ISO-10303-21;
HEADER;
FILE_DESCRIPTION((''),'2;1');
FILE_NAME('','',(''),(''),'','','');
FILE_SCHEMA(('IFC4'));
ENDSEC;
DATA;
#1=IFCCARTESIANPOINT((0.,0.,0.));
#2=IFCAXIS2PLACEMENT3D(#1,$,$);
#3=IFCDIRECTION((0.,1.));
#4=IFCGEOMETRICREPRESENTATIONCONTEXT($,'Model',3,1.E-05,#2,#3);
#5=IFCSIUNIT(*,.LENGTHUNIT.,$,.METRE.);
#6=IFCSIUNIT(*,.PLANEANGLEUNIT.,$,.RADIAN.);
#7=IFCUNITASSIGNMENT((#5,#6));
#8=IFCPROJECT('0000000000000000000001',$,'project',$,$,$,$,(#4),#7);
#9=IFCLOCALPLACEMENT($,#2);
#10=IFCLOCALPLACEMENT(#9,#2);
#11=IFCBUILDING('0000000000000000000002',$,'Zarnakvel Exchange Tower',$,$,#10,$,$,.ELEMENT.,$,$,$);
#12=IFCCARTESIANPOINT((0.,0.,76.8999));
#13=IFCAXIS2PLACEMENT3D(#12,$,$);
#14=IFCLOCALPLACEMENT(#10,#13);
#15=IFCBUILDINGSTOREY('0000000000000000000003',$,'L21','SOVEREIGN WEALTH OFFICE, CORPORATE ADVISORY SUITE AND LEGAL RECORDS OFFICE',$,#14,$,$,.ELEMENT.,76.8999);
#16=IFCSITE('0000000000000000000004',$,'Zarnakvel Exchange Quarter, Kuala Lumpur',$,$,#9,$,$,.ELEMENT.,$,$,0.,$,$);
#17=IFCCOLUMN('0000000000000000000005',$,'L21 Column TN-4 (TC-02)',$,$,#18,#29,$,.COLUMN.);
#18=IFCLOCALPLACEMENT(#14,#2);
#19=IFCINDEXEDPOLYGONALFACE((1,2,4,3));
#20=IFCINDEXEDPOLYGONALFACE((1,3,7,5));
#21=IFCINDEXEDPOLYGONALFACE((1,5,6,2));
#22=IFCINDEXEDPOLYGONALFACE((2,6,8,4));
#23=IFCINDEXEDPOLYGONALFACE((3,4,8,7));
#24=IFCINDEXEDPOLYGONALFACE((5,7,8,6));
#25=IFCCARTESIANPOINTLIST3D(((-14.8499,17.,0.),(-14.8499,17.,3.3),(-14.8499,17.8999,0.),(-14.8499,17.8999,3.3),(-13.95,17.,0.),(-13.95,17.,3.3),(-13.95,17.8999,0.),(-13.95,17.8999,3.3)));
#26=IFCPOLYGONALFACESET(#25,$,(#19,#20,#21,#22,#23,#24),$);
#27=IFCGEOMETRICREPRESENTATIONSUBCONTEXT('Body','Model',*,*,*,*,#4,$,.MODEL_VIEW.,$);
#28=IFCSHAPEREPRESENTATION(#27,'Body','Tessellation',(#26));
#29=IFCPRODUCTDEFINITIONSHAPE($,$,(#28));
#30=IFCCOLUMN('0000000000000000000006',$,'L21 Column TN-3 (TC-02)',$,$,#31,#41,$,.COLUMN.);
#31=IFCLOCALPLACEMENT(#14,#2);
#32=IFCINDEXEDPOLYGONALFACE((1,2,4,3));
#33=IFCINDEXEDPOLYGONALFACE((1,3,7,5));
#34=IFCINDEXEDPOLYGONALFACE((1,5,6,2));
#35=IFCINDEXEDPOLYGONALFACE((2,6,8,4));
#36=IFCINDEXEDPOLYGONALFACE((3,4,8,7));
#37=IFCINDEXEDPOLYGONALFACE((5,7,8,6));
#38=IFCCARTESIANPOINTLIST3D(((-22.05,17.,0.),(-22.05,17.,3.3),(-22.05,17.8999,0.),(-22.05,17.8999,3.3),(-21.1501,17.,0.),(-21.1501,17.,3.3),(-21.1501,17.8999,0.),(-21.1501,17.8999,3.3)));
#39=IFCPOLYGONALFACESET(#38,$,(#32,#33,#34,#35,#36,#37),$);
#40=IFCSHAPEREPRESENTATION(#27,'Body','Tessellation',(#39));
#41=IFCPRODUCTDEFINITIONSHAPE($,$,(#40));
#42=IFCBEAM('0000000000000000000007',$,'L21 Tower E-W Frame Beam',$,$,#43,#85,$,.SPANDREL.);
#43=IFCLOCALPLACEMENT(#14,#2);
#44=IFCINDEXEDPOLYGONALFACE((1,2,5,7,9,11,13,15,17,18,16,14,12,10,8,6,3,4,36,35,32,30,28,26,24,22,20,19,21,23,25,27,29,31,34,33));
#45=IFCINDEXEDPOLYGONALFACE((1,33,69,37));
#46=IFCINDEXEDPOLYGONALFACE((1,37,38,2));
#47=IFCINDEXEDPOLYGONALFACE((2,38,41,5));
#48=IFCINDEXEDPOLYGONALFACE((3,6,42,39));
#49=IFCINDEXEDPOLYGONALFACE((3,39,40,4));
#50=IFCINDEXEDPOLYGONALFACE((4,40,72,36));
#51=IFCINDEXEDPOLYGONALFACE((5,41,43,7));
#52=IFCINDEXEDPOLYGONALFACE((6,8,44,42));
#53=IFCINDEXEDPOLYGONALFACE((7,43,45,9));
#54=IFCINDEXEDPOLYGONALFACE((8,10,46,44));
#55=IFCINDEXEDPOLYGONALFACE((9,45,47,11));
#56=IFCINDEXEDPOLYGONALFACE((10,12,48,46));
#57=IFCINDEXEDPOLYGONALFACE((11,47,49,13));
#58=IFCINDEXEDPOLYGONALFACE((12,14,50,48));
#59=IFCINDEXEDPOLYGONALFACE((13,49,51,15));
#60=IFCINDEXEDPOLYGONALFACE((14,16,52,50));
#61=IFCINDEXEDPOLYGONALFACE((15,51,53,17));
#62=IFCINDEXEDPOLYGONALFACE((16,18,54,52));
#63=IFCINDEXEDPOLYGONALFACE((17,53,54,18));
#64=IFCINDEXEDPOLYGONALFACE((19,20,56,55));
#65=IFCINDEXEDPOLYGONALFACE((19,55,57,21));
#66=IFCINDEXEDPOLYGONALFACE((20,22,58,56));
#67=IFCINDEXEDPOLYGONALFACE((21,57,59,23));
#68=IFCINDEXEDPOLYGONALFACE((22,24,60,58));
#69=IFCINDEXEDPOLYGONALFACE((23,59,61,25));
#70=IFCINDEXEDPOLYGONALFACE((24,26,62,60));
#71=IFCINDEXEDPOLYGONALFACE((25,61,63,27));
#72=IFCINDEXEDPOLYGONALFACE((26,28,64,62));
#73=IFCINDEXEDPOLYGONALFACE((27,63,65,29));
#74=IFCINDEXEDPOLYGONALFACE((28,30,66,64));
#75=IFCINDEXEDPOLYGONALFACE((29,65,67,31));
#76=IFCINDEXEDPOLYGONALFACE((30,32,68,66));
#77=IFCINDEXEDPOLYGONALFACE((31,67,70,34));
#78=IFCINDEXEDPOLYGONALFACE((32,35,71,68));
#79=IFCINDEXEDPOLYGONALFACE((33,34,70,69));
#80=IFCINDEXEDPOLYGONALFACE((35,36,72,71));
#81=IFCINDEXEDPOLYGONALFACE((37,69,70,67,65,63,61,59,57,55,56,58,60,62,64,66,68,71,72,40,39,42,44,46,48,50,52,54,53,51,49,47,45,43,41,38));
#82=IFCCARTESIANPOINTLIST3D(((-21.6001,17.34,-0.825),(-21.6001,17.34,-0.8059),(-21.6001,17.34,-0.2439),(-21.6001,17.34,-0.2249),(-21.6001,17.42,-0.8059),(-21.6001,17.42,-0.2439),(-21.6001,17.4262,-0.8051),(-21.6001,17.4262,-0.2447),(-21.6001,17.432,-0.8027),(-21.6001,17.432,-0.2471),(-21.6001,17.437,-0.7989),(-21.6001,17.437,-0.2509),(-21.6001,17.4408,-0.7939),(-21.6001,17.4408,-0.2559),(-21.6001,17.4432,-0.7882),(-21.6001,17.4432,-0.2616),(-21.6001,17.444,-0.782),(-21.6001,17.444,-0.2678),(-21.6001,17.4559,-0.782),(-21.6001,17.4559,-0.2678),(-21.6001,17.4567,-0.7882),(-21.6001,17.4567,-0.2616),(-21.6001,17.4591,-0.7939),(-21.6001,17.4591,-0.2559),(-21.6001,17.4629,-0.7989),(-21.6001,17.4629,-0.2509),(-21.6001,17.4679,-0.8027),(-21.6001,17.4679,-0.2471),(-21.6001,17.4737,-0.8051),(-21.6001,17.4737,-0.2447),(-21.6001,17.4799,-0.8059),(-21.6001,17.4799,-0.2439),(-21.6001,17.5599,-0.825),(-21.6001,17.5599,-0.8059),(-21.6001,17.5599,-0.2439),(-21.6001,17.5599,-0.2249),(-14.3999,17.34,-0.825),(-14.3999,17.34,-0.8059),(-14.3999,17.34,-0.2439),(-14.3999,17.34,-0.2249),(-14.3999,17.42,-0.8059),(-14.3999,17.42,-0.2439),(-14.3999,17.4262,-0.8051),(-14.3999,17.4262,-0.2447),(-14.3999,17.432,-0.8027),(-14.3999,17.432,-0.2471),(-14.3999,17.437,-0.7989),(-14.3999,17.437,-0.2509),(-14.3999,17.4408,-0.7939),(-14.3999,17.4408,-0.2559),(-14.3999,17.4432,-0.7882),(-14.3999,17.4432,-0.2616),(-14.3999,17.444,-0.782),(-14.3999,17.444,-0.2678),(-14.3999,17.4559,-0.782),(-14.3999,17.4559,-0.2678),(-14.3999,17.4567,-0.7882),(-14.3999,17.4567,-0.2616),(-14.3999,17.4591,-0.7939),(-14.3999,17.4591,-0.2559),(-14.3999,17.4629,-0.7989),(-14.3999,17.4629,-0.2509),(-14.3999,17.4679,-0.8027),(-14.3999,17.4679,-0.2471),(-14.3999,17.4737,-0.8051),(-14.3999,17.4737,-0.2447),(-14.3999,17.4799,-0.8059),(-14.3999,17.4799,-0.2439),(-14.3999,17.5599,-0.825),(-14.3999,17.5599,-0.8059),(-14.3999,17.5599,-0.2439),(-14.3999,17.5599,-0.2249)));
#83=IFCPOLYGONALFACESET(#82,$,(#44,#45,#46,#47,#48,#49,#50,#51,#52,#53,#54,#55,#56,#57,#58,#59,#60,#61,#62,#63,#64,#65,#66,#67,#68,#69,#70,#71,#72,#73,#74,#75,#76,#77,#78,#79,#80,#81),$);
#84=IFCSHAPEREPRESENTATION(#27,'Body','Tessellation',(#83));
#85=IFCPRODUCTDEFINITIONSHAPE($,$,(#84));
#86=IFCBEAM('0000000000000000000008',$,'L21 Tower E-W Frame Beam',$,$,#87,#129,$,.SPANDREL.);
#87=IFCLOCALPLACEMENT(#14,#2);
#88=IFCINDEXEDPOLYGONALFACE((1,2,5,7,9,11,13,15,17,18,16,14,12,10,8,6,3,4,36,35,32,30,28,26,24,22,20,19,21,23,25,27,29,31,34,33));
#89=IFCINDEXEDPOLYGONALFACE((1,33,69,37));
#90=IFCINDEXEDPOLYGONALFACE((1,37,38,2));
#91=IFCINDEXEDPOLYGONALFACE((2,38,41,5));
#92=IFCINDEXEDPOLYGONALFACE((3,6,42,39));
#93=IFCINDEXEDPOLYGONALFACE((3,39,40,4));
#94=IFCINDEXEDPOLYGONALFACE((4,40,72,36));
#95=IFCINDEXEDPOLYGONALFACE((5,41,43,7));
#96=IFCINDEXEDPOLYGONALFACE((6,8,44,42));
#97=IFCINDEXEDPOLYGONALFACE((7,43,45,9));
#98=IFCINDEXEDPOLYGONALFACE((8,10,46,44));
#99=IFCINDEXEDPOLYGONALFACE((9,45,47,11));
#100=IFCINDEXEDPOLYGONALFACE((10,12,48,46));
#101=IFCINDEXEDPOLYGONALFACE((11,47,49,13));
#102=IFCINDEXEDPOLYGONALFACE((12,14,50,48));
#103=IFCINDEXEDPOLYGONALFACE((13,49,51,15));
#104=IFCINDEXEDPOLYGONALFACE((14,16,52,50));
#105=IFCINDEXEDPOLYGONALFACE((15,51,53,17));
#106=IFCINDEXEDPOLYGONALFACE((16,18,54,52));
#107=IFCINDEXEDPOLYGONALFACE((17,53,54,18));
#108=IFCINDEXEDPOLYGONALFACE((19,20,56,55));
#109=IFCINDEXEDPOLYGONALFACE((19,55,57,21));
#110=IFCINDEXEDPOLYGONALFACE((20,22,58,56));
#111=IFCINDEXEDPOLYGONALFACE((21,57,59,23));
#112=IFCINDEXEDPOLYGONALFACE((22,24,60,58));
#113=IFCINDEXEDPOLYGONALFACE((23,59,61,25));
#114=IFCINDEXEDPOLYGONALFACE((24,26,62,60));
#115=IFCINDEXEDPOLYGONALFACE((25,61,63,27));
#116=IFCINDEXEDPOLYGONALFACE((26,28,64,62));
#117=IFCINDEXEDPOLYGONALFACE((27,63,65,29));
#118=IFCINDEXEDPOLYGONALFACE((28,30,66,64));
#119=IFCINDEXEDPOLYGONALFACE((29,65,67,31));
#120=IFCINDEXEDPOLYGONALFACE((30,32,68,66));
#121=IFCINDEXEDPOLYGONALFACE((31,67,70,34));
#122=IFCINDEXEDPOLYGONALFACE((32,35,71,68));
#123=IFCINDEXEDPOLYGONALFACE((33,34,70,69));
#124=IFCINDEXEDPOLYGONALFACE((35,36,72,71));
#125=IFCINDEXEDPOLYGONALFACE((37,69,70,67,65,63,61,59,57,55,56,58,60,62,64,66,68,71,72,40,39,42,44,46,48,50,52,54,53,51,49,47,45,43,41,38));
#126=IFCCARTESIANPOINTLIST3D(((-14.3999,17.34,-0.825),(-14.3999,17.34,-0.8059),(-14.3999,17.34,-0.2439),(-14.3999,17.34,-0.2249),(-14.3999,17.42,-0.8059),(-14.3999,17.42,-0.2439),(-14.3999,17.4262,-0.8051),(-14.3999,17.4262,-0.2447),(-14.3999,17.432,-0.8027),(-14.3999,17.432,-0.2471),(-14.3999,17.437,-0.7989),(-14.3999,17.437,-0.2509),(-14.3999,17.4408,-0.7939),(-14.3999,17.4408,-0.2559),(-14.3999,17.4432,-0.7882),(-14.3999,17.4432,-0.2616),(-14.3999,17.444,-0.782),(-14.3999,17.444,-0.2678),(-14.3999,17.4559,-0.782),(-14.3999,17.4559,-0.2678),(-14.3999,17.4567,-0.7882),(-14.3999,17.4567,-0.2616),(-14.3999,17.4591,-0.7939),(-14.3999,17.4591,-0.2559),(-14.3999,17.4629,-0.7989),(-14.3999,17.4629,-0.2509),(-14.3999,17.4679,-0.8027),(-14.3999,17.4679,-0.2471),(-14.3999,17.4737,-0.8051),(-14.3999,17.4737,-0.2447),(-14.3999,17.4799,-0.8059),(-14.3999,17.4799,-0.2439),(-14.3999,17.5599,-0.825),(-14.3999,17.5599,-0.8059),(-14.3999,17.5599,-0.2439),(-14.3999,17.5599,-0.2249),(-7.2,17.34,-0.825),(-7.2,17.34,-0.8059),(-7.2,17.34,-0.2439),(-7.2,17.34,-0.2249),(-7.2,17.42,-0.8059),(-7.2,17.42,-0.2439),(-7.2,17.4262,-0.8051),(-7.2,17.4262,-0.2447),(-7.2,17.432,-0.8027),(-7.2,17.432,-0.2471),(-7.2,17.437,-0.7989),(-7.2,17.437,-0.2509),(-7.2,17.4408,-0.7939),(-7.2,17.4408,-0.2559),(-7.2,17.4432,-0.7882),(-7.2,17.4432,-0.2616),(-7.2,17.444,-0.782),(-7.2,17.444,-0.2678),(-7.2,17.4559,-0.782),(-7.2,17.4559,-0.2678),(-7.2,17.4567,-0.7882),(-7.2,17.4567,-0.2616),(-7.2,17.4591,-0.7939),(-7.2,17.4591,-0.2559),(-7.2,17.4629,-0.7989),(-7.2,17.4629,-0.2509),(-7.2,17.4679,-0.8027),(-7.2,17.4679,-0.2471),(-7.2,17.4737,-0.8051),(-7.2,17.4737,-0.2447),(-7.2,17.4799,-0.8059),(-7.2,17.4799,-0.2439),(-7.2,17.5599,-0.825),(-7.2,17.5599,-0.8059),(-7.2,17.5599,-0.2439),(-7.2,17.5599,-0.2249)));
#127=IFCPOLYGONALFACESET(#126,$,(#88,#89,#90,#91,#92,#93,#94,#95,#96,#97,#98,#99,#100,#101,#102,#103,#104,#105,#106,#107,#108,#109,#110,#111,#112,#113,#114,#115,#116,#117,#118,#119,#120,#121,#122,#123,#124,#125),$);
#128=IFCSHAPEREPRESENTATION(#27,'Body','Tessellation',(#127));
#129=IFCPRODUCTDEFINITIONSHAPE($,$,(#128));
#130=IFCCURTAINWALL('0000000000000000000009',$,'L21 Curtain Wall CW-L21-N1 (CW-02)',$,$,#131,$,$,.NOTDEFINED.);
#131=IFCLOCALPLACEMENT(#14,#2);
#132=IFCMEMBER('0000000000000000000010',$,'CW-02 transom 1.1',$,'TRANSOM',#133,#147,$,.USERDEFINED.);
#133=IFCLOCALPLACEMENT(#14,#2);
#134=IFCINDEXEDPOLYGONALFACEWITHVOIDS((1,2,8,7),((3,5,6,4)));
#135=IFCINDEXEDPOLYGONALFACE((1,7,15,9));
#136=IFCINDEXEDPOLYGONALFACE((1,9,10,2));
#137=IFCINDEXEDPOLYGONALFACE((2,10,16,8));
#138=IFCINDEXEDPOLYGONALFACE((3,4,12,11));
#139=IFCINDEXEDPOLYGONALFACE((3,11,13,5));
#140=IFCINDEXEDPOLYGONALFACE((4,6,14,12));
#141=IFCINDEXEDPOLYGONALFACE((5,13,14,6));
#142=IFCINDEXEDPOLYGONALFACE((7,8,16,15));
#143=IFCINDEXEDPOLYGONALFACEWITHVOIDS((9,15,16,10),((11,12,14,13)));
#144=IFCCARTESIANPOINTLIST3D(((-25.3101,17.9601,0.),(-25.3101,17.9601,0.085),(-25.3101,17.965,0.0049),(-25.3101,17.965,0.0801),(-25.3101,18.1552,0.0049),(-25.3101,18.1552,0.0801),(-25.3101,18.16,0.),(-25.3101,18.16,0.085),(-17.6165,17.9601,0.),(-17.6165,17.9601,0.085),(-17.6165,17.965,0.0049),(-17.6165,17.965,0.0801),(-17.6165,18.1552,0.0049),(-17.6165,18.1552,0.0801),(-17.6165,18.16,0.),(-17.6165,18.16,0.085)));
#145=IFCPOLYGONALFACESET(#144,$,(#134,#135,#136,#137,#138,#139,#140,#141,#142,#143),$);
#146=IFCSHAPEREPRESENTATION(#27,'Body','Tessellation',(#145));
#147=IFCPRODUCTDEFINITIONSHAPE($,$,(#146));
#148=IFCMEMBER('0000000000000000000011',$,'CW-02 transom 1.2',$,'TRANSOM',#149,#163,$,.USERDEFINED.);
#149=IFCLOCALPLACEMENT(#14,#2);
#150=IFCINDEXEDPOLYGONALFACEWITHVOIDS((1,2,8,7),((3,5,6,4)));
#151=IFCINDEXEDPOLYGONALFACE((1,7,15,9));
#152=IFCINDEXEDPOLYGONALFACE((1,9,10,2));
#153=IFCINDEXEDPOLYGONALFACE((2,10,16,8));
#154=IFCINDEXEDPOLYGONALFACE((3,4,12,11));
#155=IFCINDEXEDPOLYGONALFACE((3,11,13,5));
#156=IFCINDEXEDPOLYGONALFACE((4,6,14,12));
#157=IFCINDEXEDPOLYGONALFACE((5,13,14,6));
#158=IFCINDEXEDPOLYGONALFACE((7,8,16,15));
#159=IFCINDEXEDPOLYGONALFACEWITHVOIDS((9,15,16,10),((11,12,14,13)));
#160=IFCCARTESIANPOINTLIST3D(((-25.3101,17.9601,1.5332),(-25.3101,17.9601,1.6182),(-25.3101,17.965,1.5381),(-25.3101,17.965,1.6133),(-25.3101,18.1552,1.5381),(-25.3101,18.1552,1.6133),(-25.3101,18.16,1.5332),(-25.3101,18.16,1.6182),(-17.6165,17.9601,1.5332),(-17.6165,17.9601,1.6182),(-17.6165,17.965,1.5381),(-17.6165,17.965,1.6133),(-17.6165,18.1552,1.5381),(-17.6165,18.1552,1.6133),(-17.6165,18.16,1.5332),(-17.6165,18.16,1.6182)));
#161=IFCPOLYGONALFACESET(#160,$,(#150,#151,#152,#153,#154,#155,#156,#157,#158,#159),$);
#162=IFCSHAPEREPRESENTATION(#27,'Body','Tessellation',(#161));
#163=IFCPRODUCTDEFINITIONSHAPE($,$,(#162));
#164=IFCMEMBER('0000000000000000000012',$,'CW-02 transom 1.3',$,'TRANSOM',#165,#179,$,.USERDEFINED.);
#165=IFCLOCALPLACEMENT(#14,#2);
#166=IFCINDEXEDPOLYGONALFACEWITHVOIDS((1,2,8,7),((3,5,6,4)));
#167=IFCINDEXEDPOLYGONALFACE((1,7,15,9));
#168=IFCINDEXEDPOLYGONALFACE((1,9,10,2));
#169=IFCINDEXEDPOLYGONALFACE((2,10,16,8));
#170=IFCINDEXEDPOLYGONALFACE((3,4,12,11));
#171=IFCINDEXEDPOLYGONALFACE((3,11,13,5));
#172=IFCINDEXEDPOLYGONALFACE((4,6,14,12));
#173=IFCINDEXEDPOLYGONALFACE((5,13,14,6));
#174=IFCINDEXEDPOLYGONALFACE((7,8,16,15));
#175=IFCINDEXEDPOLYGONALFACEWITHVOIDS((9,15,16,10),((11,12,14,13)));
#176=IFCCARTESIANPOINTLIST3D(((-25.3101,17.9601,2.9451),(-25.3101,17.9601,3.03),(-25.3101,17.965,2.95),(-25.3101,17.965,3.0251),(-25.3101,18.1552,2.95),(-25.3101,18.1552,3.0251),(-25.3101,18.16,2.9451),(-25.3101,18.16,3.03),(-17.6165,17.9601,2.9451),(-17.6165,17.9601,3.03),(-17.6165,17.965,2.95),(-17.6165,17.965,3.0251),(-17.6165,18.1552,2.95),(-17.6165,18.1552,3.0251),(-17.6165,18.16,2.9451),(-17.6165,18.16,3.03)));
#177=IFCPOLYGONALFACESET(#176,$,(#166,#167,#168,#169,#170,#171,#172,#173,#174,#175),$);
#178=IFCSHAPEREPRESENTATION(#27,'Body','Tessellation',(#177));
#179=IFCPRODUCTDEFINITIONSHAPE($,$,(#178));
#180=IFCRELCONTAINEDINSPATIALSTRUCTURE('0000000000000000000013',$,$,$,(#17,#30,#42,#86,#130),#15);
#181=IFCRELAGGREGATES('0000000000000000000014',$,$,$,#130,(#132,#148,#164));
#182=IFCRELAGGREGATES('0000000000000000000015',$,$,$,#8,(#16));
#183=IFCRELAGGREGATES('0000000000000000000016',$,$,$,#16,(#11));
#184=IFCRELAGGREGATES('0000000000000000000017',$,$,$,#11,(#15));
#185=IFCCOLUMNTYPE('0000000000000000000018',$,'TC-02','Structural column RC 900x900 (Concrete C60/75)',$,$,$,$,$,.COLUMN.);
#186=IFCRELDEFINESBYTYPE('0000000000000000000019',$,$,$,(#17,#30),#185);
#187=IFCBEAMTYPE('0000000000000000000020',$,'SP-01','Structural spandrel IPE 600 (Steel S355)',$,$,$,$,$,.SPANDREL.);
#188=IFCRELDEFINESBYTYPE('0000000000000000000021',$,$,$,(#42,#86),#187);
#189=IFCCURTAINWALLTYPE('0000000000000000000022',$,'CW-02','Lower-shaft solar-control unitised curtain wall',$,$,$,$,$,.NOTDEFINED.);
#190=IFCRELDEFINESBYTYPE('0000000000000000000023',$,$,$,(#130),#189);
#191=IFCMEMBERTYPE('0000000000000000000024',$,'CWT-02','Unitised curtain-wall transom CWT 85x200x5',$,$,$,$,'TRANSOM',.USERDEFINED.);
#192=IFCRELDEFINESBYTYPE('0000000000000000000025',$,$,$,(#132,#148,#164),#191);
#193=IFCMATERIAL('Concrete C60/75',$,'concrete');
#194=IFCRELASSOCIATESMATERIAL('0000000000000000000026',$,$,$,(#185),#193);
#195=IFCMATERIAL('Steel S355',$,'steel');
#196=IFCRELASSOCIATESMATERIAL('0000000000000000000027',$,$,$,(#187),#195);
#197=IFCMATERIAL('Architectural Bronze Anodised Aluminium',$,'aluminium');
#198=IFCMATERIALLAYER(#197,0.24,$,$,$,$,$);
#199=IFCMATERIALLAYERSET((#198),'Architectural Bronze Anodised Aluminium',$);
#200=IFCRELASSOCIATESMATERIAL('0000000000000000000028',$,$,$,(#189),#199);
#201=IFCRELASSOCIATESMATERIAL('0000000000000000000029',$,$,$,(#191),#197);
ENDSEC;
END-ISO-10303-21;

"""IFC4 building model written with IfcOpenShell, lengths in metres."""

from ifc_helpers import new_model, si_unit, direction, frame, origin, origin_2d, place, context, subcontext, project, spatial, rectangle, hollow_rectangle, i_section, extrude, source, transform, mapped, material, layer, layer_set, material_profile, profile_set, type_object, element, aggregate, save


model = new_model("IFC4")

# Units and contexts
model_context = context("Model", 3, precision=1e-05, world=origin(), true_north=direction((0.0, 1.0)))
body_context = subcontext(model_context, "Body", "Model", "MODEL_VIEW")
ifc_project = project(units=[si_unit("LENGTHUNIT", "METRE"), si_unit("PLANEANGLEUNIT", "RADIAN")], contexts=[model_context])

# Site, building, storey
site_placement = place(None, origin())
site = spatial("IfcSite", under=ifc_project, at=site_placement, Name="Zarnakvel Exchange Quarter, Kuala Lumpur", CompositionType="ELEMENT", RefElevation=0.0)
building_placement = place(site_placement, origin())
building = spatial("IfcBuilding", under=site, at=building_placement, Name="Zarnakvel Exchange Tower", CompositionType="ELEMENT")
storey_placement = place(building_placement, frame((0.0, 0.0, 76.8999)))
storey = spatial("IfcBuildingStorey", under=building, at=storey_placement, Name="L21", Description="SOVEREIGN WEALTH OFFICE, CORPORATE ADVISORY SUITE AND LEGAL RECORDS OFFICE", CompositionType="ELEMENT", Elevation=76.8999)

# Columns
ifc_material_1 = material(Name="Concrete C60/75", Category="concrete")
ifc_material_profile_1 = material_profile(ifc_material_1, rectangle(XDim=0.8999, YDim=0.8999, at=origin_2d()))
ifc_profile_set_1 = profile_set([ifc_material_profile_1], Name="Concrete C60/75")
column_type = type_object("IfcColumnType", Name="TC-02", Description="Structural column RC 900x900 (Concrete C60/75)", PredefinedType="COLUMN", material=ifc_profile_set_1)
for number, where, z_axis, x_axis, name in (
    (1, (-14.3999, 17.45, 0.0), (0.0, 0.0, 1.0), (1.0, 0.0, 0.0), "L21 Column TN-4 (TC-02)"),
    (2, (-21.6001, 17.45, 0.0), (0.0, 0.0, 1.0), (1.0, 0.0, 0.0), "L21 Column TN-3 (TC-02)"),
):
    element("IfcColumn", number, at=place(storey_placement, frame(where, z_axis=z_axis, x_axis=x_axis)), inside=storey, type_object=column_type, Name=name, PredefinedType="COLUMN", context=body_context, shape_type="SweptSolid", body=[
        extrude(rectangle(XDim=0.8999, YDim=0.8999, at=origin_2d()), origin(), (0.0, 0.0, 1.0), 3.3),
    ])

# Beams
ifc_material_2 = material(Name="Steel S355", Category="steel")
ifc_material_profile_2 = material_profile(ifc_material_2, i_section(OverallWidth=0.22, OverallDepth=0.6001, WebThickness=0.012, FlangeThickness=0.019, FilletRadius=0.0239, at=origin_2d()))
ifc_profile_set_2 = profile_set([ifc_material_profile_2], Name="Steel S355")
beam_type = type_object("IfcBeamType", Name="SP-01", Description="Structural spandrel IPE 600 (Steel S355)", PredefinedType="SPANDREL", material=ifc_profile_set_2)
beam_1_placement = place(storey_placement, frame((-21.6001, 17.45, -0.5249), z_axis=(1.0, 0.0, 0.0), x_axis=(0.0, 1.0, 0.0)))
element("IfcBeam", 3, at=beam_1_placement, inside=storey, type_object=beam_type, Name="L21 Tower E-W Frame Beam", PredefinedType="SPANDREL", context=body_context, shape_type="SweptSolid", body=[
    extrude(i_section(OverallWidth=0.22, OverallDepth=0.6001, WebThickness=0.012, FlangeThickness=0.019, FilletRadius=0.0239, at=origin_2d()), origin(), (0.0, 0.0, 1.0), 7.2002),
])
beam_2_placement = place(storey_placement, frame((-14.3999, 17.45, -0.5249), z_axis=(1.0, 0.0, 0.0), x_axis=(0.0, 1.0, 0.0)))
element("IfcBeam", 4, at=beam_2_placement, inside=storey, type_object=beam_type, Name="L21 Tower E-W Frame Beam", PredefinedType="SPANDREL", context=body_context, shape_type="SweptSolid", body=[
    extrude(i_section(OverallWidth=0.22, OverallDepth=0.6001, WebThickness=0.012, FlangeThickness=0.019, FilletRadius=0.0239, at=origin_2d()), origin(), (0.0, 0.0, 1.0), 7.2),
])

# Curtain wall, members
ifc_material_3 = material(Name="Architectural Bronze Anodised Aluminium", Category="aluminium")
ifc_layer_1 = layer(ifc_material_3, 0.24)
ifc_layer_set_1 = layer_set([ifc_layer_1], Name="Architectural Bronze Anodised Aluminium")
curtain_wall_type_1 = type_object("IfcCurtainWallType", Name="CW-02", Description="Lower-shaft solar-control unitised curtain wall", PredefinedType="NOTDEFINED", material=ifc_layer_set_1)
curtain_wall_1_placement = place(storey_placement, origin())
curtain_wall_1 = element("IfcCurtainWall", 5, at=curtain_wall_1_placement, inside=storey, type_object=curtain_wall_type_1, Name="L21 Curtain Wall CW-L21-N1 (CW-02)", PredefinedType="NOTDEFINED")
ifc_material_profile_3 = material_profile(ifc_material_3, hollow_rectangle(XDim=0.2, YDim=0.085, WallThickness=0.0049, at=origin_2d()))
ifc_profile_set_3 = profile_set([ifc_material_profile_3], Name="Architectural Bronze Anodised Aluminium")
member_type_1 = type_object("IfcMemberType", Name="CWT-02", Description="Unitised curtain-wall transom CWT 85x200x5", ElementType="TRANSOM", PredefinedType="USERDEFINED", material=ifc_profile_set_3)
shared_shape_1 = source(origin(), body_context, "Body", "SweptSolid", [
    extrude(hollow_rectangle(XDim=0.2, YDim=0.085, WallThickness=0.0049, at=origin_2d()), origin(), (0.0, 0.0, 1.0), 7.6936),
])
member_1_placement = place(storey_placement, frame((-25.3101, 18.0601, 0.0425), z_axis=(1.0, 0.0, 0.0), x_axis=(0.0, 1.0, 0.0)))
member_1 = element("IfcMember", 6, at=member_1_placement, type_object=member_type_1, Name="CW-02 transom 1.1", ObjectType="TRANSOM", PredefinedType="USERDEFINED", context=body_context, shape_type="MappedRepresentation", body=[
    mapped(shared_shape_1, transform((0.0, 0.0, 0.0), x_axis=(1.0, 0.0, 0.0), y_axis=(0.0, 1.0, 0.0), z_axis=(0.0, 0.0, 1.0), scale=1.0)),
])
member_2_placement = place(storey_placement, frame((-25.3101, 18.0601, 1.5757), z_axis=(1.0, 0.0, 0.0), x_axis=(0.0, 1.0, 0.0)))
member_2 = element("IfcMember", 7, at=member_2_placement, type_object=member_type_1, Name="CW-02 transom 1.2", ObjectType="TRANSOM", PredefinedType="USERDEFINED", context=body_context, shape_type="MappedRepresentation", body=[
    mapped(shared_shape_1, transform((0.0, 0.0, 0.0), x_axis=(1.0, 0.0, 0.0), y_axis=(0.0, 1.0, 0.0), z_axis=(0.0, 0.0, 1.0), scale=1.0)),
])
member_3_placement = place(storey_placement, frame((-25.3101, 18.0601, 2.9875), z_axis=(1.0, 0.0, 0.0), x_axis=(0.0, 1.0, 0.0)))
member_3 = element("IfcMember", 8, at=member_3_placement, type_object=member_type_1, Name="CW-02 transom 1.3", ObjectType="TRANSOM", PredefinedType="USERDEFINED", context=body_context, shape_type="MappedRepresentation", body=[
    mapped(shared_shape_1, transform((0.0, 0.0, 0.0), x_axis=(1.0, 0.0, 0.0), y_axis=(0.0, 1.0, 0.0), z_axis=(0.0, 0.0, 1.0), scale=1.0)),
])

aggregate(curtain_wall_1, [member_1, member_2, member_3])

save(model, "model.ifc")
